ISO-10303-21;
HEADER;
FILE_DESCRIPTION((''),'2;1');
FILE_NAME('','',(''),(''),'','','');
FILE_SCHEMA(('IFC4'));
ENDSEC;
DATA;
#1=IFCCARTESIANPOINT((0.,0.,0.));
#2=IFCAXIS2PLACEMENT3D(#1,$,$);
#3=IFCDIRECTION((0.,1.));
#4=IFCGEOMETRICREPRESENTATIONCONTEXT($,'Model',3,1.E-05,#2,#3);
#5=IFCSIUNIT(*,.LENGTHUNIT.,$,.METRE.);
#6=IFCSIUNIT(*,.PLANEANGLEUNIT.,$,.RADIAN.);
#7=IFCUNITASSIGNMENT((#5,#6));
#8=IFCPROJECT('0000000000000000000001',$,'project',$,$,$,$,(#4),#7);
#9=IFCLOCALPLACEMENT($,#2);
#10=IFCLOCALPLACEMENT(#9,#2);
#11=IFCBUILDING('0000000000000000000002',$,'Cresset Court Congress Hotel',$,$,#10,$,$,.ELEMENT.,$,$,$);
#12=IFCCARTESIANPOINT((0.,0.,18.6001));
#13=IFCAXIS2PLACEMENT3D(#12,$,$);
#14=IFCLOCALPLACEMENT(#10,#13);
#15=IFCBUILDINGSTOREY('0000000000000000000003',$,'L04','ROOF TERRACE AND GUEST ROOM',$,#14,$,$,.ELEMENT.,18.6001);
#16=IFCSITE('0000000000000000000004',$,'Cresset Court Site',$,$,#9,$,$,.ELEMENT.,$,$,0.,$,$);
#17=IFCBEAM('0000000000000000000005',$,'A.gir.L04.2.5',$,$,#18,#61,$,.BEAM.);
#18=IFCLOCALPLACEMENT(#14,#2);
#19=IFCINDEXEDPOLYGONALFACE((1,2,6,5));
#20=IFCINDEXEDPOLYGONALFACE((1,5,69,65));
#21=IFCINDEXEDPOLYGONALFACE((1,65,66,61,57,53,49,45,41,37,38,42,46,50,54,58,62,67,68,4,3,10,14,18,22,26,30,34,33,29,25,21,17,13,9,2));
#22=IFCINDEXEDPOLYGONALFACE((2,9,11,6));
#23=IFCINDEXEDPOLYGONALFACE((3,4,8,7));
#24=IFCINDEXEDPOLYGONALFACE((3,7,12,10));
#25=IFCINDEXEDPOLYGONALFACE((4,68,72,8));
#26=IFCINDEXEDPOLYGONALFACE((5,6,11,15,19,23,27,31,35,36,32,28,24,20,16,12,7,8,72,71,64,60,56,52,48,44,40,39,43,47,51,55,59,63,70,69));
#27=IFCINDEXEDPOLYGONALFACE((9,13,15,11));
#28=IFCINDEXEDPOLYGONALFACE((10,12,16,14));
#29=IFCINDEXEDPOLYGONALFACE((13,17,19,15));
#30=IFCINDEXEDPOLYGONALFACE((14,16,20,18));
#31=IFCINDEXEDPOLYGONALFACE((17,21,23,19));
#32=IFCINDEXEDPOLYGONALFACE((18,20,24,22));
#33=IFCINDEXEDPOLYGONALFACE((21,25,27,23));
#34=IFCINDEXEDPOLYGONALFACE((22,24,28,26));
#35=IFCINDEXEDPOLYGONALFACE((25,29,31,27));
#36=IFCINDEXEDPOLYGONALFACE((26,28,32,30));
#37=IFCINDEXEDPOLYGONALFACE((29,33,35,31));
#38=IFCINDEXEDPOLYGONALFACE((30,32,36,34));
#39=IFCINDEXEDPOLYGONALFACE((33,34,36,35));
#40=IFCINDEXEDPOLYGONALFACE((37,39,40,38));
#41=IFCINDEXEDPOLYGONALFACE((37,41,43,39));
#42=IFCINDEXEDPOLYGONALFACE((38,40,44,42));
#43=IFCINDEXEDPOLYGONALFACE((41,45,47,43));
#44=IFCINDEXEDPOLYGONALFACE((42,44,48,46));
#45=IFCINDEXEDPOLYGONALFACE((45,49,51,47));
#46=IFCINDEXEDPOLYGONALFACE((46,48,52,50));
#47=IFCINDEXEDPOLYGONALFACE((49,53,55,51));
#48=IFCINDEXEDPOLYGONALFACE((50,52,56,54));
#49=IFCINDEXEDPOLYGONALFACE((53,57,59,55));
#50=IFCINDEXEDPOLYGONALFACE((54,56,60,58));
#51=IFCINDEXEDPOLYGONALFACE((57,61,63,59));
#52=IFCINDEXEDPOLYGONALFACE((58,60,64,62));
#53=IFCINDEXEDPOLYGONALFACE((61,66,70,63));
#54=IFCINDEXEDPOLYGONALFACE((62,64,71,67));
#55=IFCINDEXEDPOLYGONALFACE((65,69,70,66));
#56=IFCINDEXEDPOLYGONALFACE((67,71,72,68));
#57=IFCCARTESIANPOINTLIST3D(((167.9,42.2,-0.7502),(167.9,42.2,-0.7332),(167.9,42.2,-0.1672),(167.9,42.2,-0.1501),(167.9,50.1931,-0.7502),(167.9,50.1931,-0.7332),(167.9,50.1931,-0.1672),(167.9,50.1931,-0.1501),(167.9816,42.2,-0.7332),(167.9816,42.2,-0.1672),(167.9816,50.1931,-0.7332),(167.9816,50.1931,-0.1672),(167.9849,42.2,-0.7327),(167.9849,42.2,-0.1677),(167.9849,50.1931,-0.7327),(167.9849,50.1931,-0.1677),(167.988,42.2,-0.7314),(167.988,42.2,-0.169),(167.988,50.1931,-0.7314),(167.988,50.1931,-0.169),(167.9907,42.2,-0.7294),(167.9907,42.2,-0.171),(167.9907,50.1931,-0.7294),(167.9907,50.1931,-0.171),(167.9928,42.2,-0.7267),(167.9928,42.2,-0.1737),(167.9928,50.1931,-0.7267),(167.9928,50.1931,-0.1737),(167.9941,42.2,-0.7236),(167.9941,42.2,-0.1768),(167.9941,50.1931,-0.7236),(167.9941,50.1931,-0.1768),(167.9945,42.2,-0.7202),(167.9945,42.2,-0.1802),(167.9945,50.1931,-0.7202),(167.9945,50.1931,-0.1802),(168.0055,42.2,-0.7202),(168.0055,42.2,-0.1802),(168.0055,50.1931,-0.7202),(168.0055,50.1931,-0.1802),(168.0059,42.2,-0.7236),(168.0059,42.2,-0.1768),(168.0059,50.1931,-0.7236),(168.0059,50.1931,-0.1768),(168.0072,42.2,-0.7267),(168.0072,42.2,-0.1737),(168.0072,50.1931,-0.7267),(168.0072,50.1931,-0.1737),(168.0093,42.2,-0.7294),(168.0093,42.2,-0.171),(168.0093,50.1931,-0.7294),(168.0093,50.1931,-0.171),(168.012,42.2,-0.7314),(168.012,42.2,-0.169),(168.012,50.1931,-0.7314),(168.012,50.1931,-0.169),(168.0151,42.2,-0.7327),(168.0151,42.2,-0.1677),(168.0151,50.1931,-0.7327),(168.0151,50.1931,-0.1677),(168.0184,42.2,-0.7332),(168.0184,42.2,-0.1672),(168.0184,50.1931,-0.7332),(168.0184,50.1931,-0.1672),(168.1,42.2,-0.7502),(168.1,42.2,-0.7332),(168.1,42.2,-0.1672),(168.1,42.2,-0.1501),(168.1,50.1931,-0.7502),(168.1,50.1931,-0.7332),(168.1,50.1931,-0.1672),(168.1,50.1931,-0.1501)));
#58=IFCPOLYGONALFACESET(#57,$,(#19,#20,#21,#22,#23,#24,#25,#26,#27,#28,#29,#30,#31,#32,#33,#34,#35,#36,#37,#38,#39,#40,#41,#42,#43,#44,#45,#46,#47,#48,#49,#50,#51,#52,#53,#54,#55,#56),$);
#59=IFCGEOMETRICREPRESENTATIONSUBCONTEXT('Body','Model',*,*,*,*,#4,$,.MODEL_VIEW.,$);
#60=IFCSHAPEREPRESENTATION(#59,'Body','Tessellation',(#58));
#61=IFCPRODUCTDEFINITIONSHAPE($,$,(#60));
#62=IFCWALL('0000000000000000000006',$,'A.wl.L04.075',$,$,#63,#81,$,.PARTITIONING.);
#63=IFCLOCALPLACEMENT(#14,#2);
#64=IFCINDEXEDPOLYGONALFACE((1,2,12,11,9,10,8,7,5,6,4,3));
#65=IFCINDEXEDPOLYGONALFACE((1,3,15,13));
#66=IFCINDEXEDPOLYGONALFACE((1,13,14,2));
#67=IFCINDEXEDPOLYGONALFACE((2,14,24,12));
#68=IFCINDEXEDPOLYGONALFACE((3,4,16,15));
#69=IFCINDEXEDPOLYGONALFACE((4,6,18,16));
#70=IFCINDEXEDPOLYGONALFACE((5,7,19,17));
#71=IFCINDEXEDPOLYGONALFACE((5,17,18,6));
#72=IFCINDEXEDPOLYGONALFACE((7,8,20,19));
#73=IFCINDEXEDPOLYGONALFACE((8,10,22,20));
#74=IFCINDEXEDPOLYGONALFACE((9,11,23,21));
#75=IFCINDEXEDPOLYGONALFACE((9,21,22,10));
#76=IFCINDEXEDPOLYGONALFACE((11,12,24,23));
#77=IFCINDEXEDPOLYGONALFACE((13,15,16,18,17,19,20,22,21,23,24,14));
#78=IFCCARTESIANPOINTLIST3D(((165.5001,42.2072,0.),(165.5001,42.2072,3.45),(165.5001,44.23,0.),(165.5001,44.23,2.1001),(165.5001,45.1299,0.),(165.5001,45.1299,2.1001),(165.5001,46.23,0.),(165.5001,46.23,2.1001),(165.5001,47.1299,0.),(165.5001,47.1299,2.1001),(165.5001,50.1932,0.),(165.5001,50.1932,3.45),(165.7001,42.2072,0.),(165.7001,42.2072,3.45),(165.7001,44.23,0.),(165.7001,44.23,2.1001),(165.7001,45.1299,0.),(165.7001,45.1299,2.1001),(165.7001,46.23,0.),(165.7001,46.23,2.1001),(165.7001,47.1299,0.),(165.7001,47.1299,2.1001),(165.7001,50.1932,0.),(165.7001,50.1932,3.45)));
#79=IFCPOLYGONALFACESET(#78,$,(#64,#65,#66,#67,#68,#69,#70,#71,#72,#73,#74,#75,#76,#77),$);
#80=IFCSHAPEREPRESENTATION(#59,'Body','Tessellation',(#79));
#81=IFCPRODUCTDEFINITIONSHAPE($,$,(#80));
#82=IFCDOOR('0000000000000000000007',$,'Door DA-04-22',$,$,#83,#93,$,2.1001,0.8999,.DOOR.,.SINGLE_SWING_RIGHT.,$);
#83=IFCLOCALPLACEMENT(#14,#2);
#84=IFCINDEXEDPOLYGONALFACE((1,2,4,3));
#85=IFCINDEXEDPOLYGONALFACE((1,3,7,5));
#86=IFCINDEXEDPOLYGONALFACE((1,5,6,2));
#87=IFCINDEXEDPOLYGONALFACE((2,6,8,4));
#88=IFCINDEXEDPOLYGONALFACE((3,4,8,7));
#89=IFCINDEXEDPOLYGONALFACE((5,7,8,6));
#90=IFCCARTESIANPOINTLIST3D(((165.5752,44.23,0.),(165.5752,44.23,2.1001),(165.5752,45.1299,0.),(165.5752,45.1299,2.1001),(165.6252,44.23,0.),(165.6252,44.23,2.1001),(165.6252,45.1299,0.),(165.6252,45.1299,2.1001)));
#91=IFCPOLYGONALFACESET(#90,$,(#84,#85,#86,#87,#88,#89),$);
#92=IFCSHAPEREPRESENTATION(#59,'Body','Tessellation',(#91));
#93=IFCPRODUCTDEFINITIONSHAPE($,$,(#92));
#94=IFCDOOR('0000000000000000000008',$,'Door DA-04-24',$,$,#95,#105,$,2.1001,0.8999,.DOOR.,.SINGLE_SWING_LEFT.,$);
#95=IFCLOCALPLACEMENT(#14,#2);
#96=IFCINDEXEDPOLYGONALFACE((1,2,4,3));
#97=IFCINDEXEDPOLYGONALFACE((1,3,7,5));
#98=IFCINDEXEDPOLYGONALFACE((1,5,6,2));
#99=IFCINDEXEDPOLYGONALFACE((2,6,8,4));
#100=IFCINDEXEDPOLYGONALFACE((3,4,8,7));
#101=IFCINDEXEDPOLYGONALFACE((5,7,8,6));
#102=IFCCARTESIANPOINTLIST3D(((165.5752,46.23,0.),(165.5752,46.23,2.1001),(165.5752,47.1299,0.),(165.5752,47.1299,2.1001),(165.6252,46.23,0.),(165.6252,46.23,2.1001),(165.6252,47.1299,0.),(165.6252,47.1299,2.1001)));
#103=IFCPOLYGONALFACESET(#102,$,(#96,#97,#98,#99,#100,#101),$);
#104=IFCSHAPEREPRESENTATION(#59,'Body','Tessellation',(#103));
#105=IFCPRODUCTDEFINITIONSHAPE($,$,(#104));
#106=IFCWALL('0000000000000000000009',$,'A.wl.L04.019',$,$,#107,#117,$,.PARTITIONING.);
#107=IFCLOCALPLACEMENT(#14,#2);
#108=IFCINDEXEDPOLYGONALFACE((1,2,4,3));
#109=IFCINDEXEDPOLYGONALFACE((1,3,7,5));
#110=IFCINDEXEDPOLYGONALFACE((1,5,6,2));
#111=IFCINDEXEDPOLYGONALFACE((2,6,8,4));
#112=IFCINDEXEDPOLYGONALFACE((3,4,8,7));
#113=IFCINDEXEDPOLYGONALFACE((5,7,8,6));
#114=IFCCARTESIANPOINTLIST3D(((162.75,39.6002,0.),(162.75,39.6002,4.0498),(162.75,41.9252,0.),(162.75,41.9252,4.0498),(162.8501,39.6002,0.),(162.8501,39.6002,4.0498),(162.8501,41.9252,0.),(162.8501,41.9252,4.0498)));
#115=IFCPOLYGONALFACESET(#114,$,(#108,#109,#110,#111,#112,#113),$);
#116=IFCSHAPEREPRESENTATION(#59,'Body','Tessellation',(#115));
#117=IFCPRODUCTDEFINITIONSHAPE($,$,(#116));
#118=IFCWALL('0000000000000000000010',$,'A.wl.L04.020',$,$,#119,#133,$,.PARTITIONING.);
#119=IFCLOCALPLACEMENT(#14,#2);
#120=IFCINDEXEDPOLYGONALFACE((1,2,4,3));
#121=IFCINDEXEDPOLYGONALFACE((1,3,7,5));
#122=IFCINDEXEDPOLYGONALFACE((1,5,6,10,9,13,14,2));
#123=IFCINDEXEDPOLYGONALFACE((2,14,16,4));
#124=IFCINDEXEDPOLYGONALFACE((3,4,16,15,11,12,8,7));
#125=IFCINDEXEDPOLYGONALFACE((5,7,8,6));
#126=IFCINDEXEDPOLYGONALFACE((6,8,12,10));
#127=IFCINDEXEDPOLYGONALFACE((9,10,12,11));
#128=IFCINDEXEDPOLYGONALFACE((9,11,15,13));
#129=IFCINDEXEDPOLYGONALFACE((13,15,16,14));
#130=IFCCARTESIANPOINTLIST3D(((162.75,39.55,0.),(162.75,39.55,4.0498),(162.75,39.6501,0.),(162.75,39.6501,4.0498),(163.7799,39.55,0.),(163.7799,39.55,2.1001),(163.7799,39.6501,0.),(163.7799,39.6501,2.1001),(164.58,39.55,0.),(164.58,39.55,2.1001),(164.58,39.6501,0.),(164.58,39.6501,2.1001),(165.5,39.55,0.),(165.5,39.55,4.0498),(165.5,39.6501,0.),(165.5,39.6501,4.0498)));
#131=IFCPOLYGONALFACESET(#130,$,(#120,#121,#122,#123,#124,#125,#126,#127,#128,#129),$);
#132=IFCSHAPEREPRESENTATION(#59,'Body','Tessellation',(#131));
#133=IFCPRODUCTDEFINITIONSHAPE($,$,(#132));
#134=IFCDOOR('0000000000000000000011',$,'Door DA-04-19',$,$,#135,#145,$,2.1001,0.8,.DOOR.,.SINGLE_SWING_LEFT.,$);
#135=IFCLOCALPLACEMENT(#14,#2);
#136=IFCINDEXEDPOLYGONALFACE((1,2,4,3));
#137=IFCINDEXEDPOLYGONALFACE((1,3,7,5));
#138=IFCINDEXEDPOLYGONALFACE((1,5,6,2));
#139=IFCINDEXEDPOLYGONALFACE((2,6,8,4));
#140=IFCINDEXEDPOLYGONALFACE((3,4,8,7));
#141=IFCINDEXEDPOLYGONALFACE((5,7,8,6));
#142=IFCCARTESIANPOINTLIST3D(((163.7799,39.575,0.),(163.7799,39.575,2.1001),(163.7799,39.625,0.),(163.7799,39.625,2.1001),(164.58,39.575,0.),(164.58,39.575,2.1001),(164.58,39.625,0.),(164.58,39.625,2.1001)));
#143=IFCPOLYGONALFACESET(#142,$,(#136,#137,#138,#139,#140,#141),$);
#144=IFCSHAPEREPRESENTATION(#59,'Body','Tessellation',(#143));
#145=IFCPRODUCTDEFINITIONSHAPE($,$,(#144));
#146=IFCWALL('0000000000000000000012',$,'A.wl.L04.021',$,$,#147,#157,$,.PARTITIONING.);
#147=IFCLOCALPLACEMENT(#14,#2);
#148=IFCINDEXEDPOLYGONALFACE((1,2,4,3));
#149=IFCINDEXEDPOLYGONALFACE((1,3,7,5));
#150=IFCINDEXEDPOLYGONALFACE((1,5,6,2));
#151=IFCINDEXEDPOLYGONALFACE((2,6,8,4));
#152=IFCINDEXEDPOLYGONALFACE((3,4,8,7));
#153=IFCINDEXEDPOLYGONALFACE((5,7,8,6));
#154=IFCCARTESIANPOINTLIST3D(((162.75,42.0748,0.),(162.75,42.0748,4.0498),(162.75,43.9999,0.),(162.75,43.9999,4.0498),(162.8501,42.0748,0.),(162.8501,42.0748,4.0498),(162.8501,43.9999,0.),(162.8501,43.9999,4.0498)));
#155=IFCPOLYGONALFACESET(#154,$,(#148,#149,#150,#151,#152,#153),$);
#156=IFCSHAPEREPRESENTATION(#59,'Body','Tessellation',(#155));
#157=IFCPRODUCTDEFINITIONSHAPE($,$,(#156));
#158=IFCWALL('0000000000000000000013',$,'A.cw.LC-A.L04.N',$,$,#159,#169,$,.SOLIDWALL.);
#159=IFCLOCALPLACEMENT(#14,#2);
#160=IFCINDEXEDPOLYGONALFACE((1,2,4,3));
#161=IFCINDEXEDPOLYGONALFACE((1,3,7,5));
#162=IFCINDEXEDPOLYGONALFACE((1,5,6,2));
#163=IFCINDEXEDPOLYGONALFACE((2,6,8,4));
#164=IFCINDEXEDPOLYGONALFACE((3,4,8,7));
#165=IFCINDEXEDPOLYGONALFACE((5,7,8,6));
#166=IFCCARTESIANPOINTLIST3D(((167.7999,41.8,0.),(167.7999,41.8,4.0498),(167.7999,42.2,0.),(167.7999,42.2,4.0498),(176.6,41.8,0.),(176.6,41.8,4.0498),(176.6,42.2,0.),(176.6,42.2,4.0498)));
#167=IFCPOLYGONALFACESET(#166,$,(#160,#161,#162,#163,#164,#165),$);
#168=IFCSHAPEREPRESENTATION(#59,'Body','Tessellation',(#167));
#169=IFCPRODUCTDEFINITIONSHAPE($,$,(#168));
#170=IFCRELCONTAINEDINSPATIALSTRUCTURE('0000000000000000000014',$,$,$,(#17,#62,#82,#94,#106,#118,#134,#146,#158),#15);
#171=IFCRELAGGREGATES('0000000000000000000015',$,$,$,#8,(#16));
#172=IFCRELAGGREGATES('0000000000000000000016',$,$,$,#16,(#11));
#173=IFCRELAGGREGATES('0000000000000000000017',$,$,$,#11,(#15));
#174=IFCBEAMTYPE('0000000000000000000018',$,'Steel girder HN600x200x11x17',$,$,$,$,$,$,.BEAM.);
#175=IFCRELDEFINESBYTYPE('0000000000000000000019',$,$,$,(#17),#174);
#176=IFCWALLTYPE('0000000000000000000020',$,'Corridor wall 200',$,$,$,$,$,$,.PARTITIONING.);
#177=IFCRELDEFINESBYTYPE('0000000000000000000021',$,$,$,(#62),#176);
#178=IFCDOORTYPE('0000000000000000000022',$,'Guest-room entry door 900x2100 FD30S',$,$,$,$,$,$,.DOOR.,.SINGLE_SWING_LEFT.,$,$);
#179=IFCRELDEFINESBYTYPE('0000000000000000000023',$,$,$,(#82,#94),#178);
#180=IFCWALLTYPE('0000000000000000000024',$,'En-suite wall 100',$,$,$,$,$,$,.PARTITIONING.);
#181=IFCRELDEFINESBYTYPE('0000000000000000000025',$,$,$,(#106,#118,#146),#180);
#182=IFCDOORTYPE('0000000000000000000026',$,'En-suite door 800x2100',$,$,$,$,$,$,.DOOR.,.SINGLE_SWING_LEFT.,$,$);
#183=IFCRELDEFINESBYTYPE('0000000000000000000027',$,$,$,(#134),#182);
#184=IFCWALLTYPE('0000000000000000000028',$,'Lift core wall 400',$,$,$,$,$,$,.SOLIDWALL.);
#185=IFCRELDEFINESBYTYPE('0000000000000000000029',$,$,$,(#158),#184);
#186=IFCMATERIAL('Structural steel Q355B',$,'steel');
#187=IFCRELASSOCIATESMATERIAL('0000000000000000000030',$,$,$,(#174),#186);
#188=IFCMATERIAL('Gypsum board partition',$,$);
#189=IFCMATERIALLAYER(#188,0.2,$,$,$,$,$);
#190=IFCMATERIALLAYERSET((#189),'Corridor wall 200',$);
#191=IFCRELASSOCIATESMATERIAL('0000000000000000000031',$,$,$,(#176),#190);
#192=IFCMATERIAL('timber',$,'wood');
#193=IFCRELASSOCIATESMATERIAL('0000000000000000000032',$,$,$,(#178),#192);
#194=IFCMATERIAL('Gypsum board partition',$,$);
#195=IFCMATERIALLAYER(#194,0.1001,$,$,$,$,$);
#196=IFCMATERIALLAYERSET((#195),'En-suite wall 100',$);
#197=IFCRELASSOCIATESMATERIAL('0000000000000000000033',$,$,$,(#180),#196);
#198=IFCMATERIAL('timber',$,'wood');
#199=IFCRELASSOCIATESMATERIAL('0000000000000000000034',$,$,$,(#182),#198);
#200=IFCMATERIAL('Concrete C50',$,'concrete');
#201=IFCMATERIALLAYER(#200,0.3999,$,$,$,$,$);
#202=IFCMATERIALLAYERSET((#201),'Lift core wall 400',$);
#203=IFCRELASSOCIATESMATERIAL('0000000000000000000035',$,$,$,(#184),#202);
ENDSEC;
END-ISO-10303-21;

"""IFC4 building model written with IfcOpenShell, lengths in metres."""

from ifc_helpers import new_model, si_unit, direction, frame, frame_2d, origin, origin_2d, place, context, subcontext, project, spatial, rectangle, i_section, extrude, material, layer, layer_set, material_profile, profile_set, type_object, element, fill, save


model = new_model("IFC4")

# Units and contexts
model_context = context("Model", 3, precision=1e-05, world=origin(), true_north=direction((0.0, 1.0)))
body_context = subcontext(model_context, "Body", "Model", "MODEL_VIEW")
ifc_project = project(units=[si_unit("LENGTHUNIT", "METRE"), si_unit("PLANEANGLEUNIT", "RADIAN")], contexts=[model_context])

# Site, building, storey
site_placement = place(None, origin())
site = spatial("IfcSite", under=ifc_project, at=site_placement, Name="Cresset Court Site", CompositionType="ELEMENT", RefElevation=0.0)
building_placement = place(site_placement, origin())
building = spatial("IfcBuilding", under=site, at=building_placement, Name="Cresset Court Congress Hotel", CompositionType="ELEMENT")
storey_placement = place(building_placement, frame((0.0, 0.0, 18.6001)))
storey = spatial("IfcBuildingStorey", under=building, at=storey_placement, Name="L04", Description="ROOF TERRACE AND GUEST ROOM", CompositionType="ELEMENT", Elevation=18.6001)

# Beam
ifc_material_1 = material(Name="Structural steel Q355B", Category="steel")
ifc_material_profile_1 = material_profile(ifc_material_1, i_section(OverallWidth=0.2, OverallDepth=0.6001, WebThickness=0.011, FlangeThickness=0.0171, FilletRadius=0.0129, at=origin_2d()), Name="HN600x200x11x17")
ifc_profile_set_1 = profile_set([ifc_material_profile_1], Name="Structural steel Q355B")
beam_type_1 = type_object("IfcBeamType", Name="Steel girder HN600x200x11x17", PredefinedType="BEAM", material=ifc_profile_set_1)
beam_1_placement = place(storey_placement, frame((168.0, 42.2, -0.4502), z_axis=(0.0, 1.0, 0.0), x_axis=(-1.0, 0.0, 0.0)))
element("IfcBeam", 1, at=beam_1_placement, inside=storey, type_object=beam_type_1, Name="A.gir.L04.2.5", PredefinedType="BEAM", context=body_context, shape_type="SweptSolid", body=[
    extrude(i_section(OverallWidth=0.2, OverallDepth=0.6001, WebThickness=0.011, FlangeThickness=0.0171, FilletRadius=0.0129, at=origin_2d()), origin(), (0.0, 0.0, 1.0), 7.9932),
])

# Wall, openings, doors
ifc_material_2 = material(Name="Gypsum board partition")
ifc_layer_1 = layer(ifc_material_2, 0.2)
ifc_layer_set_1 = layer_set([ifc_layer_1], Name="Corridor wall 200")
wall_type_1 = type_object("IfcWallType", Name="Corridor wall 200", PredefinedType="PARTITIONING", material=ifc_layer_set_1)
wall_1_placement = place(storey_placement, frame((165.6001, 42.207, 0.0), z_axis=(0.0, 0.0, 1.0), x_axis=(0.0, 1.0, 0.0)))
wall_1 = element("IfcWall", 2, at=wall_1_placement, inside=storey, type_object=wall_type_1, Name="A.wl.L04.075", PredefinedType="PARTITIONING", context=body_context, shape_type="SweptSolid", body=[
    extrude(rectangle(XDim=7.9861, YDim=0.2, at=frame_2d((3.9932, 0.0))), origin(), (0.0, 0.0, 1.0), 3.45),
])
opening_1_placement = place(wall_1_placement, frame((2.0229, 0.0, 0.0)))
opening_1 = element("IfcOpeningElement", 3, at=opening_1_placement, cuts=wall_1, PredefinedType="OPENING", context=body_context, shape_type="SweptSolid", body=[
    extrude(rectangle(XDim=0.8999, YDim=2.1001, at=frame_2d((0.45, 1.05))), frame((0.0, 0.1099, 0.0), z_axis=(0.0, -1.0, 0.0), x_axis=(1.0, 0.0, 0.0)), (0.0, 0.0, 1.0), 0.22),
])
opening_2_placement = place(wall_1_placement, frame((4.0229, 0.0, 0.0)))
opening_2 = element("IfcOpeningElement", 4, at=opening_2_placement, cuts=wall_1, PredefinedType="OPENING", context=body_context, shape_type="SweptSolid", body=[
    extrude(rectangle(XDim=0.8999, YDim=2.1001, at=frame_2d((0.45, 1.05))), frame((0.0, 0.1099, 0.0), z_axis=(0.0, -1.0, 0.0), x_axis=(1.0, 0.0, 0.0)), (0.0, 0.0, 1.0), 0.22),
])
ifc_material_3 = material(Name="timber", Category="wood")
door_type_1 = type_object("IfcDoorType", Name="Guest-room entry door 900x2100 FD30S", OperationType="SINGLE_SWING_LEFT", PredefinedType="DOOR", material=ifc_material_3)
door_1_placement = place(opening_1_placement, origin())
door_1 = element("IfcDoor", 5, at=door_1_placement, inside=storey, type_object=door_type_1, Name="Door DA-04-22", OperationType="SINGLE_SWING_RIGHT", OverallHeight=2.1001, OverallWidth=0.8999, PredefinedType="DOOR", context=body_context, shape_type="SweptSolid", body=[
    extrude(rectangle(XDim=0.8999, YDim=2.1001, at=frame_2d((0.45, 1.05))), frame((0.0, 0.0249, 0.0), z_axis=(0.0, -1.0, 0.0), x_axis=(1.0, 0.0, 0.0)), (0.0, 0.0, 1.0), 0.05),
])
fill(opening_1, door_1)
door_2_placement = place(opening_2_placement, origin())
door_2 = element("IfcDoor", 6, at=door_2_placement, inside=storey, type_object=door_type_1, Name="Door DA-04-24", OperationType="SINGLE_SWING_LEFT", OverallHeight=2.1001, OverallWidth=0.8999, PredefinedType="DOOR", context=body_context, shape_type="SweptSolid", body=[
    extrude(rectangle(XDim=0.8999, YDim=2.1001, at=frame_2d((0.45, 1.05))), frame((0.0, 0.0249, 0.0), z_axis=(0.0, -1.0, 0.0), x_axis=(1.0, 0.0, 0.0)), (0.0, 0.0, 1.0), 0.05),
])
fill(opening_2, door_2)

# Wall
ifc_material_4 = material(Name="Gypsum board partition")
ifc_layer_2 = layer(ifc_material_4, 0.1001)
ifc_layer_set_2 = layer_set([ifc_layer_2], Name="En-suite wall 100")
wall_type_2 = type_object("IfcWallType", Name="En-suite wall 100", PredefinedType="PARTITIONING", material=ifc_layer_set_2)
wall_2_placement = place(storey_placement, frame((162.8, 39.6001, 0.0), z_axis=(0.0, 0.0, 1.0), x_axis=(0.0, 1.0, 0.0)))
element("IfcWall", 7, at=wall_2_placement, inside=storey, type_object=wall_type_2, Name="A.wl.L04.019", PredefinedType="PARTITIONING", context=body_context, shape_type="SweptSolid", body=[
    extrude(rectangle(XDim=2.325, YDim=0.1001, at=frame_2d((1.1626, 0.0))), origin(), (0.0, 0.0, 1.0), 4.0498),
])

# Wall, opening, door
wall_3_placement = place(storey_placement, frame((162.75, 39.6001, 0.0), z_axis=(0.0, 0.0, 1.0), x_axis=(1.0, 0.0, 0.0)))
wall_3 = element("IfcWall", 8, at=wall_3_placement, inside=storey, type_object=wall_type_2, Name="A.wl.L04.020", PredefinedType="PARTITIONING", context=body_context, shape_type="SweptSolid", body=[
    extrude(rectangle(XDim=2.75, YDim=0.1001, at=frame_2d((1.375, 0.0))), origin(), (0.0, 0.0, 1.0), 4.0498),
])
opening_3_placement = place(wall_3_placement, frame((1.03, 0.0, 0.0)))
opening_3 = element("IfcOpeningElement", 9, at=opening_3_placement, cuts=wall_3, PredefinedType="OPENING", context=body_context, shape_type="SweptSolid", body=[
    extrude(rectangle(XDim=0.8, YDim=2.1001, at=frame_2d((0.3999, 1.05))), frame((0.0, 0.0601, 0.0), z_axis=(0.0, -1.0, 0.0), x_axis=(1.0, 0.0, 0.0)), (0.0, 0.0, 1.0), 0.1201),
])
ifc_material_5 = material(Name="timber", Category="wood")
door_type_2 = type_object("IfcDoorType", Name="En-suite door 800x2100", OperationType="SINGLE_SWING_LEFT", PredefinedType="DOOR", material=ifc_material_5)
door_3_placement = place(opening_3_placement, origin())
door_3 = element("IfcDoor", 10, at=door_3_placement, inside=storey, type_object=door_type_2, Name="Door DA-04-19", OperationType="SINGLE_SWING_LEFT", OverallHeight=2.1001, OverallWidth=0.8, PredefinedType="DOOR", context=body_context, shape_type="SweptSolid", body=[
    extrude(rectangle(XDim=0.8, YDim=2.1001, at=frame_2d((0.3999, 1.05))), frame((0.0, 0.0249, 0.0), z_axis=(0.0, -1.0, 0.0), x_axis=(1.0, 0.0, 0.0)), (0.0, 0.0, 1.0), 0.05),
])
fill(opening_3, door_3)

# Walls
wall_4_placement = place(storey_placement, frame((162.8, 42.075, 0.0), z_axis=(0.0, 0.0, 1.0), x_axis=(0.0, 1.0, 0.0)))
element("IfcWall", 11, at=wall_4_placement, inside=storey, type_object=wall_type_2, Name="A.wl.L04.021", PredefinedType="PARTITIONING", context=body_context, shape_type="SweptSolid", body=[
    extrude(rectangle(XDim=1.925, YDim=0.1001, at=frame_2d((0.9624, 0.0))), origin(), (0.0, 0.0, 1.0), 4.0498),
])
ifc_material_6 = material(Name="Concrete C50", Category="concrete")
ifc_layer_3 = layer(ifc_material_6, 0.3999)
ifc_layer_set_3 = layer_set([ifc_layer_3], Name="Lift core wall 400")
wall_type_3 = type_object("IfcWallType", Name="Lift core wall 400", PredefinedType="SOLIDWALL", material=ifc_layer_set_3)
wall_5_placement = place(storey_placement, frame((167.8, 42.0, 0.0), z_axis=(0.0, 0.0, 1.0), x_axis=(1.0, 0.0, 0.0)))
element("IfcWall", 12, at=wall_5_placement, inside=storey, type_object=wall_type_3, Name="A.cw.LC-A.L04.N", PredefinedType="SOLIDWALL", context=body_context, shape_type="SweptSolid", body=[
    extrude(rectangle(XDim=8.8, YDim=0.3999, at=frame_2d((4.3999, 0.0))), origin(), (0.0, 0.0, 1.0), 4.0498),
])

save(model, "model.ifc")
